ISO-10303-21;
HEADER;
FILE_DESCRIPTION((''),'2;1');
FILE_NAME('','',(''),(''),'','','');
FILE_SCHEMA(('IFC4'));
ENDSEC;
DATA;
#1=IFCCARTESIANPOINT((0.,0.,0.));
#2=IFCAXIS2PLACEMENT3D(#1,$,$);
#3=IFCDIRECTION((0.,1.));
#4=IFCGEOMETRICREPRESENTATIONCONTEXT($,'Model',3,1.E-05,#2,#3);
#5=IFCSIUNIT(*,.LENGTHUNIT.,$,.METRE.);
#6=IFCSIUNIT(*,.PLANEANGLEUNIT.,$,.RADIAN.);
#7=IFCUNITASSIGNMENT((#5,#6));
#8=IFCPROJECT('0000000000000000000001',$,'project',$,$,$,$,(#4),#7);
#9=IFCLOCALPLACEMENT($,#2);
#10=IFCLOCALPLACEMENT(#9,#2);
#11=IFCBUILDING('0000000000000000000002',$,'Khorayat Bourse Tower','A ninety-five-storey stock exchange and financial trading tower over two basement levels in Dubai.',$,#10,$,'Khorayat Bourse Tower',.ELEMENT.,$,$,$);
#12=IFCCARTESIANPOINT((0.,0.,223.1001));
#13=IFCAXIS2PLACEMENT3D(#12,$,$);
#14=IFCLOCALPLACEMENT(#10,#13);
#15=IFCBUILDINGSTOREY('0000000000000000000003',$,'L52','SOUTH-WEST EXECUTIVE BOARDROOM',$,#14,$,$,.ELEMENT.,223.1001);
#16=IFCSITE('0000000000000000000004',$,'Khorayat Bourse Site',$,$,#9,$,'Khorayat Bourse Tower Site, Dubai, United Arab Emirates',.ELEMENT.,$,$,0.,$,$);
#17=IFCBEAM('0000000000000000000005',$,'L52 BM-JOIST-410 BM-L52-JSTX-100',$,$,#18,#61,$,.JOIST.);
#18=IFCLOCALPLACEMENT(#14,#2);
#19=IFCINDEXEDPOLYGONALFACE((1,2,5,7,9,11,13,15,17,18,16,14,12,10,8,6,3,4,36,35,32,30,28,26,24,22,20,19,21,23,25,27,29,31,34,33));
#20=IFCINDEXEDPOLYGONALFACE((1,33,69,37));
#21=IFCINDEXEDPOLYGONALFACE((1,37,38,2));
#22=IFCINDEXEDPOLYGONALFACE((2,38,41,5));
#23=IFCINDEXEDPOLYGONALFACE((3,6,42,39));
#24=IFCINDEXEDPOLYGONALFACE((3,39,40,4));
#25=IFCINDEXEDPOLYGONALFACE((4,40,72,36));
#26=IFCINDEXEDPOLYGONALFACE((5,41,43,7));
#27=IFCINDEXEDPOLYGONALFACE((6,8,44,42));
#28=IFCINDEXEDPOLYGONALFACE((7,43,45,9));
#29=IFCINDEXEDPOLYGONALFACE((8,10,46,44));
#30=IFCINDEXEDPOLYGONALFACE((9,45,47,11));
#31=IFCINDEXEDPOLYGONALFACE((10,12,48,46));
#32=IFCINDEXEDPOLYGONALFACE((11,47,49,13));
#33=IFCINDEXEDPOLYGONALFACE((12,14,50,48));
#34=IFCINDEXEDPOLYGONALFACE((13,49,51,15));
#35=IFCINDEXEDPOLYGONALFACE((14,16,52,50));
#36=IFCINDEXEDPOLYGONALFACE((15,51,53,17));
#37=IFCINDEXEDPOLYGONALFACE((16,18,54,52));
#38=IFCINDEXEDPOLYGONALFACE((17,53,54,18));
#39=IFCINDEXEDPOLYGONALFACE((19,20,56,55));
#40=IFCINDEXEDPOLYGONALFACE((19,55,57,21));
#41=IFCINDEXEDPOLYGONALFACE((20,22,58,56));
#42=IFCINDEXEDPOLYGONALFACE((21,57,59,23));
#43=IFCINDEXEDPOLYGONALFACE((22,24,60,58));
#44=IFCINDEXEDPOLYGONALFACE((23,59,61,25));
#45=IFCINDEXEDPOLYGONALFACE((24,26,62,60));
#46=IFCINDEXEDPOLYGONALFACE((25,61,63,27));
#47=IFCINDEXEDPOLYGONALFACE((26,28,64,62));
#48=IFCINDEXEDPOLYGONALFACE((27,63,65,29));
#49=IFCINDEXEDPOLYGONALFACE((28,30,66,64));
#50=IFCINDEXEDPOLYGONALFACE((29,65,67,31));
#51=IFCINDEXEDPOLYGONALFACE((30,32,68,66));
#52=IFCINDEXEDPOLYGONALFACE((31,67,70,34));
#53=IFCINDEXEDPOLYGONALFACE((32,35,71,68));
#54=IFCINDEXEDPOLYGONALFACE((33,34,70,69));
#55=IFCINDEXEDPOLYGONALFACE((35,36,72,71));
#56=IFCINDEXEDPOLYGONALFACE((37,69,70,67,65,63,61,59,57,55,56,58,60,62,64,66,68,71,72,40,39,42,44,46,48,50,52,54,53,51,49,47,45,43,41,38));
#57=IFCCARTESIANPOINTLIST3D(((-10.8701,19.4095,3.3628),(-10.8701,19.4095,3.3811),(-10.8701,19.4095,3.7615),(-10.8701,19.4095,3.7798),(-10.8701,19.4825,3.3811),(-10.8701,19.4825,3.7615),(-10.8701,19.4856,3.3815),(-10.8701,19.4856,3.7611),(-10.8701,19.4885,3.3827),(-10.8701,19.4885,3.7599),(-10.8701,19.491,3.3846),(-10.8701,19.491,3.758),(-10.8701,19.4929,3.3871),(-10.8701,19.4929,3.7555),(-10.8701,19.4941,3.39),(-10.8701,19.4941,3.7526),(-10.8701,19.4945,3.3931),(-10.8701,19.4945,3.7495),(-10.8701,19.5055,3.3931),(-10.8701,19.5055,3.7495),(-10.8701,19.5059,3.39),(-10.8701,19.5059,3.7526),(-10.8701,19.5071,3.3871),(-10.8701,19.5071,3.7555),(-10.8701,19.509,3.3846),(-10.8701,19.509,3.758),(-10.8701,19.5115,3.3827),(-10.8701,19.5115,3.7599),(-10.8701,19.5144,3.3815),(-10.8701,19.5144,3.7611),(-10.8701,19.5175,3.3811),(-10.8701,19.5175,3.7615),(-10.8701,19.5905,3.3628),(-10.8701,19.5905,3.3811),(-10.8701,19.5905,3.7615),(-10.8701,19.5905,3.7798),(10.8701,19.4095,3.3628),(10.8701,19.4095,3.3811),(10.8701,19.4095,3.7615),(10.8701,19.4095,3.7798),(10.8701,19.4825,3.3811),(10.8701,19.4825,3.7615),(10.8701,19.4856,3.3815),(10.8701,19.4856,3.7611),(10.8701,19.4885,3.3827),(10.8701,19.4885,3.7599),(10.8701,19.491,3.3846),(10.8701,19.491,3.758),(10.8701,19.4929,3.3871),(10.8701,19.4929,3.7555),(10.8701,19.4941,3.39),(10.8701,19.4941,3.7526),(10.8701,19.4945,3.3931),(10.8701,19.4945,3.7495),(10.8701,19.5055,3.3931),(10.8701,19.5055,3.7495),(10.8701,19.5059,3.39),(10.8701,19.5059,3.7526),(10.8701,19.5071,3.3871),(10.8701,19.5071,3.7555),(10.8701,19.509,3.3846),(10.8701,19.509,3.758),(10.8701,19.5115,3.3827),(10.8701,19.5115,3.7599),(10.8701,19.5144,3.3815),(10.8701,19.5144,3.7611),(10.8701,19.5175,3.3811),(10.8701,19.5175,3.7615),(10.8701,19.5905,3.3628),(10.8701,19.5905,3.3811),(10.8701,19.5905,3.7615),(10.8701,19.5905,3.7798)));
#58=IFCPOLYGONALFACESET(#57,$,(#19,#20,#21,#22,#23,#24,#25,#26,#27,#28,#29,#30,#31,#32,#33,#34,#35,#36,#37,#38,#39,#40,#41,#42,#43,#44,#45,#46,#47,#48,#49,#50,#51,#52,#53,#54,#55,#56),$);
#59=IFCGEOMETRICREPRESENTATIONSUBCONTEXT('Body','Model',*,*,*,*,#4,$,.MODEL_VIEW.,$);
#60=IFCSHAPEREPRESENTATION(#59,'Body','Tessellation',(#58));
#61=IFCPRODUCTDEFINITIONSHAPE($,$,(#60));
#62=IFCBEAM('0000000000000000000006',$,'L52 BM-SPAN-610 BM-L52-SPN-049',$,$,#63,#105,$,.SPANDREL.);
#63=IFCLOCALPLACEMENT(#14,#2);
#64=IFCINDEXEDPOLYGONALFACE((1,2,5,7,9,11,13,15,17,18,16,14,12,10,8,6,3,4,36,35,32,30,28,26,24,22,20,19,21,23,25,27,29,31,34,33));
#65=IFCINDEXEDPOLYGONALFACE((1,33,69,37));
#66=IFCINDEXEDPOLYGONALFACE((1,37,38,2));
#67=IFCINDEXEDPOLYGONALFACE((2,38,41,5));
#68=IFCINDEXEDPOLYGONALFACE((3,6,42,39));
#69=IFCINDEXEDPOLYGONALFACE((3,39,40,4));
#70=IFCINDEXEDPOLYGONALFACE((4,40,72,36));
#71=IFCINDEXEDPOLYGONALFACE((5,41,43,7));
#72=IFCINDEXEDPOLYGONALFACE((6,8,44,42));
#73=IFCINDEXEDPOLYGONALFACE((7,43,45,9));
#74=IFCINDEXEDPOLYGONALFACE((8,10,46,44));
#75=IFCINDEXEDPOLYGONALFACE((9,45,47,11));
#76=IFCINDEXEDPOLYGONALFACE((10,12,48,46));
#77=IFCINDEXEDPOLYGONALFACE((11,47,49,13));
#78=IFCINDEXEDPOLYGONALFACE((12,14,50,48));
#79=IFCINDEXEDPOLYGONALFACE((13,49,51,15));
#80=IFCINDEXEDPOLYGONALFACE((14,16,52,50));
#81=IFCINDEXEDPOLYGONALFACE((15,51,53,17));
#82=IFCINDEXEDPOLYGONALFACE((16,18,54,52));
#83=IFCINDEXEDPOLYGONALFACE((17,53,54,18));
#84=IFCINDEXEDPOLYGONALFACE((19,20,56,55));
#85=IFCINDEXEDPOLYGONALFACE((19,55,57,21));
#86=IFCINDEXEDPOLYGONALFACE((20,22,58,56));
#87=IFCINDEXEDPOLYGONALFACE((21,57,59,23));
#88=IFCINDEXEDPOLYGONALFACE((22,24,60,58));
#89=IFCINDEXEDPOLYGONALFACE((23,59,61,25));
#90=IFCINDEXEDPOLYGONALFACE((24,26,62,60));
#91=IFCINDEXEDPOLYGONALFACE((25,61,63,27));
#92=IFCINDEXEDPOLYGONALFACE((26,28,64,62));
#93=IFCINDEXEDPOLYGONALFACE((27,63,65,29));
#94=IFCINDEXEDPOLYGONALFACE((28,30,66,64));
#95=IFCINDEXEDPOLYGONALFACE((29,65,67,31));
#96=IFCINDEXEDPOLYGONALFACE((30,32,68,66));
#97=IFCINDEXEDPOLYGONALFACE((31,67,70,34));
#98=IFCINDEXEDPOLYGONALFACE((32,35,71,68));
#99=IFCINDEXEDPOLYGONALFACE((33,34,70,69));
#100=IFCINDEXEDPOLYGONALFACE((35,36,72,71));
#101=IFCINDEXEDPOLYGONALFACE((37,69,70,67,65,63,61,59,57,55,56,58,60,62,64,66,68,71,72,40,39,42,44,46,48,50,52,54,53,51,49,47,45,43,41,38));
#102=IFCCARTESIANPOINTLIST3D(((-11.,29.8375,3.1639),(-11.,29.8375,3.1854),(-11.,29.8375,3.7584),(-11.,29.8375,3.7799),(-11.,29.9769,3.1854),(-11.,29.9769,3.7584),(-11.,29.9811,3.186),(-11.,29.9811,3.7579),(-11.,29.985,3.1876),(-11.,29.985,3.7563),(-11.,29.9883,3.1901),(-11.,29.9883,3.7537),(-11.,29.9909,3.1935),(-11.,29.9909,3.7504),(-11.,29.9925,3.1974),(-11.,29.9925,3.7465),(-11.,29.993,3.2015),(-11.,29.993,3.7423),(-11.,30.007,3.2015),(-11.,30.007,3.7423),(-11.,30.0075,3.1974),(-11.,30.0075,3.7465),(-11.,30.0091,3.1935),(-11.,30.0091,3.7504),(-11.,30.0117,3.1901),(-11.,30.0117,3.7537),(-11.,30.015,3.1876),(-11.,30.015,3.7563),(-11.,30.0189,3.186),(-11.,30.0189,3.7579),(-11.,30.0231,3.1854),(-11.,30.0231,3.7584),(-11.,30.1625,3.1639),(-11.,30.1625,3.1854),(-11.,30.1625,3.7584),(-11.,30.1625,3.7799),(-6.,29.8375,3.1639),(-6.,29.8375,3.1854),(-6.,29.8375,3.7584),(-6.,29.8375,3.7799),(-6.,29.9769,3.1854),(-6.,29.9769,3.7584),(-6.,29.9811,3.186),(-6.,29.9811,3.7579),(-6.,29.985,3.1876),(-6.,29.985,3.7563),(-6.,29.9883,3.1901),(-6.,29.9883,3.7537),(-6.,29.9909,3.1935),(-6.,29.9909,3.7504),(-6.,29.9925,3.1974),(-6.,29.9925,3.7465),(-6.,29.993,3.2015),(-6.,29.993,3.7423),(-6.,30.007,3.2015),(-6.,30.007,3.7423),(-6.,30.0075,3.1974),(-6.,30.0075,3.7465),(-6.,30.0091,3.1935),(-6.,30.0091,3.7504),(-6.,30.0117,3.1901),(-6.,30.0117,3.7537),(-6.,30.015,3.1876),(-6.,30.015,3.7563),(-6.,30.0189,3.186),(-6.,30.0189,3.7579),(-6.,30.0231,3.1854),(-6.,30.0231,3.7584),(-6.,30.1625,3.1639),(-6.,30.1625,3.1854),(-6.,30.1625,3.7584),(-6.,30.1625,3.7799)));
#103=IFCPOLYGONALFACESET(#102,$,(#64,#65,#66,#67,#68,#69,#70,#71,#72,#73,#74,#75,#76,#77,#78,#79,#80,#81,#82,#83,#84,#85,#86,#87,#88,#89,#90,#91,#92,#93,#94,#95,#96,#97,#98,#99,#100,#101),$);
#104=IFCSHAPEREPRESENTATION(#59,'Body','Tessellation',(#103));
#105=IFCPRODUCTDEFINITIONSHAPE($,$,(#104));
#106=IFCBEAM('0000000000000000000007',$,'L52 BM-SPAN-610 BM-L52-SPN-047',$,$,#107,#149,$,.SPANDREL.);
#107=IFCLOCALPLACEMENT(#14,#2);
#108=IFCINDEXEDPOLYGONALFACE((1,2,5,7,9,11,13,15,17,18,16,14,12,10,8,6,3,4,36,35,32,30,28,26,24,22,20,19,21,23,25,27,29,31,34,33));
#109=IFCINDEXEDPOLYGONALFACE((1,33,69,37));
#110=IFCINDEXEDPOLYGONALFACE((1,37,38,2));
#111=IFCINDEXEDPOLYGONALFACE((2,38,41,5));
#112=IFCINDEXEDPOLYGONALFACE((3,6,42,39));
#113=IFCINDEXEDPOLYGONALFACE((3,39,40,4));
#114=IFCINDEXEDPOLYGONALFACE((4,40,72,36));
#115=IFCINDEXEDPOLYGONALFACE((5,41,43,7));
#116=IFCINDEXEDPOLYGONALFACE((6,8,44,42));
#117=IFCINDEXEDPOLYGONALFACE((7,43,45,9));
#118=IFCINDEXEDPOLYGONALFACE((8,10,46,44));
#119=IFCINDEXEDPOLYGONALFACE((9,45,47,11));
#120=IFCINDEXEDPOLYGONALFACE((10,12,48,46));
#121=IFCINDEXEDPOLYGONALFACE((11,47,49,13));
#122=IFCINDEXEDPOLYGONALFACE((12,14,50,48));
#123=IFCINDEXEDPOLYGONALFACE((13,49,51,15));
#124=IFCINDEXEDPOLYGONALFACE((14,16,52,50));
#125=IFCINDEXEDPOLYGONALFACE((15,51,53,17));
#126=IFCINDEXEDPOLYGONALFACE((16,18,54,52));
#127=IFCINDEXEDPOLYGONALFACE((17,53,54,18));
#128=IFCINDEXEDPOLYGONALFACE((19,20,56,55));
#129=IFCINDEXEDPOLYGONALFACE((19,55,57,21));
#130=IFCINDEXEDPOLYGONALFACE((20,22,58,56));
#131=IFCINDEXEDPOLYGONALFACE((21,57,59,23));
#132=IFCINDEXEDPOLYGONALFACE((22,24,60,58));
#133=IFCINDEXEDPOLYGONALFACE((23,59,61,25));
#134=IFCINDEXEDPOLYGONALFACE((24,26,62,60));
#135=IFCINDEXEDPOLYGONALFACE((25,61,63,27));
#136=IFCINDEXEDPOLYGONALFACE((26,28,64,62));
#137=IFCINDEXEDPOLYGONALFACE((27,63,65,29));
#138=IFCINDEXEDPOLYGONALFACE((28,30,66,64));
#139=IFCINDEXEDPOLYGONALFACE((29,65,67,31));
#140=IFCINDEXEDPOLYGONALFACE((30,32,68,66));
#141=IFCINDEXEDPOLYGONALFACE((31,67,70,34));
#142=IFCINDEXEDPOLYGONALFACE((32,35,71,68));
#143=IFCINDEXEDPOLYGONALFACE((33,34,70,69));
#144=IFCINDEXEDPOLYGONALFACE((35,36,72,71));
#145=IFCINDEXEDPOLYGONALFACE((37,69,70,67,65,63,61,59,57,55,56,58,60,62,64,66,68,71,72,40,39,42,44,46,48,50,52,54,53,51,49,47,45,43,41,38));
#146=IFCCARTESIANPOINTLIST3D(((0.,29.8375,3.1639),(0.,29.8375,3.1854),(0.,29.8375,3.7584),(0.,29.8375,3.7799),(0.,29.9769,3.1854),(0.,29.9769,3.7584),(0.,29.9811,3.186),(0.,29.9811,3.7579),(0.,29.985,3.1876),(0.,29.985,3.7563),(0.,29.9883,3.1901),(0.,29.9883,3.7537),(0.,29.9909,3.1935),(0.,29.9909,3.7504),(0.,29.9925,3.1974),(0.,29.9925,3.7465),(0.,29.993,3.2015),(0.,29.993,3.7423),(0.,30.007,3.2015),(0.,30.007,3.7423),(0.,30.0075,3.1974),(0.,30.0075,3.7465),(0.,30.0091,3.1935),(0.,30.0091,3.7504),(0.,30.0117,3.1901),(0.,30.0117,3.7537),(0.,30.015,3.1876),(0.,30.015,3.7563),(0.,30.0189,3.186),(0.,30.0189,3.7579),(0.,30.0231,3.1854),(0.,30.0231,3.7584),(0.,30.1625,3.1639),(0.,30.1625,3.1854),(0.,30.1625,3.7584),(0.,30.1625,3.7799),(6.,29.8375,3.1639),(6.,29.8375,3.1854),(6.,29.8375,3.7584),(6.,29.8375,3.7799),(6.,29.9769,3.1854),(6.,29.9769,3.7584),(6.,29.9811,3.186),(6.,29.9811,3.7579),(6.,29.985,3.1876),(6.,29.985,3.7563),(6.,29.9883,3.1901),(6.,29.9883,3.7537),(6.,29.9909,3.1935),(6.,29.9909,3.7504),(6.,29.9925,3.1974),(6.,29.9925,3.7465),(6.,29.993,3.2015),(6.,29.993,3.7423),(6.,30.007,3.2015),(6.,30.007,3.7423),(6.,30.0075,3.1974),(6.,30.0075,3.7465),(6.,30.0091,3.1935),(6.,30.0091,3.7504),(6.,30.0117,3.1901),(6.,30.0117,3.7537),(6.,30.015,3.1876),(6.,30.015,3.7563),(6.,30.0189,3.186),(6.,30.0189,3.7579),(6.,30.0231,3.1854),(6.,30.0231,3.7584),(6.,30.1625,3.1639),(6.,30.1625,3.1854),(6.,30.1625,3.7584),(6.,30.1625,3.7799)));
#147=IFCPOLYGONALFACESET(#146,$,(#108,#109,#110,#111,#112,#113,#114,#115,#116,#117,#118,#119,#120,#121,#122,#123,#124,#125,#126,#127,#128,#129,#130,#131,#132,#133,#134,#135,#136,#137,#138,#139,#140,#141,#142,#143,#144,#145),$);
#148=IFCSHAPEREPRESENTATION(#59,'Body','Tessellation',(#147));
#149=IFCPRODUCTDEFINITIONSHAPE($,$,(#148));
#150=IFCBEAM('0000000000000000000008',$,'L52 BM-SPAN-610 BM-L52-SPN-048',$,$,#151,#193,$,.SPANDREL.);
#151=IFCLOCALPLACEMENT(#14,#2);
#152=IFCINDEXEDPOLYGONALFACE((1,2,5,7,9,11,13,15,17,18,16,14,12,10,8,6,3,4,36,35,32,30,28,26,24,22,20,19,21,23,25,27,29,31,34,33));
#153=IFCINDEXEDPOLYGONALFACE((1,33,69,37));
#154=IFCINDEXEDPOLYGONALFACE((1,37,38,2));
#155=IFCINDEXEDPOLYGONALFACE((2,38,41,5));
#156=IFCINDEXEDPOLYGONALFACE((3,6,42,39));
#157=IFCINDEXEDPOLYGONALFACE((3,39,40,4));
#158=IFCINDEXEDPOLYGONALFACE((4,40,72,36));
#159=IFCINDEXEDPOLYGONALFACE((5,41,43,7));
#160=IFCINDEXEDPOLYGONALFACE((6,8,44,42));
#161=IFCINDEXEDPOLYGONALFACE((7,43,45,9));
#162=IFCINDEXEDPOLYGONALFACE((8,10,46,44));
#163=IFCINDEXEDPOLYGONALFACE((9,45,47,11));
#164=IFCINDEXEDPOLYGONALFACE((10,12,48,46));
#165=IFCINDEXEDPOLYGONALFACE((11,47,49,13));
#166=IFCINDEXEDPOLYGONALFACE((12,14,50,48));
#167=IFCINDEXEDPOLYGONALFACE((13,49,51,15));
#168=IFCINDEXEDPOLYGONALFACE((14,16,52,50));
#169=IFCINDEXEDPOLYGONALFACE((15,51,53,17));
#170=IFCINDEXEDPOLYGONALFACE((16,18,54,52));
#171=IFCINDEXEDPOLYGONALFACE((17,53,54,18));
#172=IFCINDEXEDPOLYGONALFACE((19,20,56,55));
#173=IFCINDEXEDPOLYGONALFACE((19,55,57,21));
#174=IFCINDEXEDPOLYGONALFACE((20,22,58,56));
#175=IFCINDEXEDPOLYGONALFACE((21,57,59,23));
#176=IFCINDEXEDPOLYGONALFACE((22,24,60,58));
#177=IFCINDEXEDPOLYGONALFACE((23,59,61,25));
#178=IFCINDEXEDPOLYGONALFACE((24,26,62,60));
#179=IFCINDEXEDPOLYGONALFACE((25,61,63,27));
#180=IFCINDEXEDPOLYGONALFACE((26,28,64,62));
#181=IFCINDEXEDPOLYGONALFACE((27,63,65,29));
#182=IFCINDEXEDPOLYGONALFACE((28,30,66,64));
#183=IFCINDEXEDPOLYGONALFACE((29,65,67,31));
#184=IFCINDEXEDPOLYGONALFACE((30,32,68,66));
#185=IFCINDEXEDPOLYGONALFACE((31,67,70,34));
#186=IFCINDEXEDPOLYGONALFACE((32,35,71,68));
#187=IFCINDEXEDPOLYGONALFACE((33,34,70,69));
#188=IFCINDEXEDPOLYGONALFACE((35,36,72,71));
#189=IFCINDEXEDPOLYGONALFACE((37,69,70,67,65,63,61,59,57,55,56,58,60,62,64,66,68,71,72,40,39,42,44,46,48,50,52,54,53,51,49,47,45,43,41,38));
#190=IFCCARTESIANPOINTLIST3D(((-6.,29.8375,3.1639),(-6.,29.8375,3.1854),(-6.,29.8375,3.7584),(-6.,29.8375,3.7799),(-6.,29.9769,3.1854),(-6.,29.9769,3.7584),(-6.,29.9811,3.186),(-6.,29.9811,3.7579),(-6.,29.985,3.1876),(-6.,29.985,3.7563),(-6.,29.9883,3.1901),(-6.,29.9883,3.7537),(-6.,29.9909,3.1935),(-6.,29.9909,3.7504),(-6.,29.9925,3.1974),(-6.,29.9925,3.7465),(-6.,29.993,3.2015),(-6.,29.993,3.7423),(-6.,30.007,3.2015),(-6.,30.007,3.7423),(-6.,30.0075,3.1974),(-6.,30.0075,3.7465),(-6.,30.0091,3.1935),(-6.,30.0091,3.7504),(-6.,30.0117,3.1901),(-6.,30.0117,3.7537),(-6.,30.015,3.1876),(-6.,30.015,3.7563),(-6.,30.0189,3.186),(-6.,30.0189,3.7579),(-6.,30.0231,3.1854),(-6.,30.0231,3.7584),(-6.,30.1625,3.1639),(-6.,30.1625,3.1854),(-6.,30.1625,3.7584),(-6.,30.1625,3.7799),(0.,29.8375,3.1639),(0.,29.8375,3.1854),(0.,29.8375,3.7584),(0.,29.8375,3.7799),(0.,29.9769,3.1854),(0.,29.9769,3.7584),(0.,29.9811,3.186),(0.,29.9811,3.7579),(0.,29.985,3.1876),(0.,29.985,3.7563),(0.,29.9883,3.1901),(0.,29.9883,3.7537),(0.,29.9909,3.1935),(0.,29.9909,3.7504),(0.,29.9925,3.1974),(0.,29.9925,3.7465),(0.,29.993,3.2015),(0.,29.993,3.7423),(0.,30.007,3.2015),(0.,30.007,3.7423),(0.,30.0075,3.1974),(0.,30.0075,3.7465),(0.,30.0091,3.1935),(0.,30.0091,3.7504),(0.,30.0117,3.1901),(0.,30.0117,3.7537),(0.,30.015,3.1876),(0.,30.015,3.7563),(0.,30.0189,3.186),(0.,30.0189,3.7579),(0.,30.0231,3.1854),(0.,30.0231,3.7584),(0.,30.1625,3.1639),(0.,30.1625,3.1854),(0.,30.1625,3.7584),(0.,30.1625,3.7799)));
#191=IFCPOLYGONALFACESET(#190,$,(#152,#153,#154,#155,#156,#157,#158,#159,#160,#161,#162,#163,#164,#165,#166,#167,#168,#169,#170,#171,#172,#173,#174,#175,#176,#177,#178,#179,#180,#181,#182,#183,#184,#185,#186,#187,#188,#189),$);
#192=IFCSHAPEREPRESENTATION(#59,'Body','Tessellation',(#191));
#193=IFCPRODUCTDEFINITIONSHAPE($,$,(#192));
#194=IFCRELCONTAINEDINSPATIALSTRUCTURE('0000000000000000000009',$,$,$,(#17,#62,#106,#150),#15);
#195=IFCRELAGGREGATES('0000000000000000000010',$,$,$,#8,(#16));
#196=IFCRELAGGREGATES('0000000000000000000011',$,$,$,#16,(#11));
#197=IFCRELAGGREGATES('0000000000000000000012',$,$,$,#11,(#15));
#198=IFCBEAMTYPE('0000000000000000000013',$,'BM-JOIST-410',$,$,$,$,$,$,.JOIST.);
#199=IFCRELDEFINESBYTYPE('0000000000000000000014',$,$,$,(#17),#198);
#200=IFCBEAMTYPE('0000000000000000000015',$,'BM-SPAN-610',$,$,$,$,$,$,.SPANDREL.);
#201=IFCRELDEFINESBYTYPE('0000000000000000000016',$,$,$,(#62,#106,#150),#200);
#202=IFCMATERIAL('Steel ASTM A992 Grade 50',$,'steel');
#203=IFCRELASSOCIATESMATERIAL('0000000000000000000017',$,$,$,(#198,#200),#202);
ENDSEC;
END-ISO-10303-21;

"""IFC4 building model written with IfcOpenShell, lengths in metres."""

from ifc_helpers import new_model, si_unit, direction, frame, origin, origin_2d, place, context, subcontext, project, spatial, i_section, extrude, source, transform, mapped, material, material_profile, profile_set, type_object, element, save


model = new_model("IFC4")

# Units and contexts
model_context = context("Model", 3, precision=1e-05, world=origin(), true_north=direction((0.0, 1.0)))
body_context = subcontext(model_context, "Body", "Model", "MODEL_VIEW")
ifc_project = project(units=[si_unit("LENGTHUNIT", "METRE"), si_unit("PLANEANGLEUNIT", "RADIAN")], contexts=[model_context])

# Site, building, storey
site_placement = place(None, origin())
site = spatial("IfcSite", under=ifc_project, at=site_placement, Name="Khorayat Bourse Site", LongName="Khorayat Bourse Tower Site, Dubai, United Arab Emirates", CompositionType="ELEMENT", RefElevation=0.0)
building_placement = place(site_placement, origin())
building = spatial("IfcBuilding", under=site, at=building_placement, Name="Khorayat Bourse Tower", Description="A ninety-five-storey stock exchange and financial trading tower over two basement levels in Dubai.", LongName="Khorayat Bourse Tower", CompositionType="ELEMENT")
storey_placement = place(building_placement, frame((0.0, 0.0, 223.1001)))
storey = spatial("IfcBuildingStorey", under=building, at=storey_placement, Name="L52", Description="SOUTH-WEST EXECUTIVE BOARDROOM", CompositionType="ELEMENT", Elevation=223.1001)

# Beams
ifc_material_1 = material(Name="Steel ASTM A992 Grade 50", Category="steel")
ifc_material_profile_1 = material_profile(ifc_material_1, i_section(OverallWidth=0.1809, OverallDepth=0.417, WebThickness=0.011, FlangeThickness=0.0183, FilletRadius=0.012, at=origin_2d()), Name="W410X85")
ifc_profile_set_1 = profile_set([ifc_material_profile_1], Name="Steel ASTM A992 Grade 50")
beam_type_1 = type_object("IfcBeamType", Name="BM-JOIST-410", PredefinedType="JOIST", material=ifc_profile_set_1)
shared_shape_1 = source(origin(), body_context, "Body", "SweptSolid", [
    extrude(i_section(OverallWidth=0.1809, OverallDepth=0.417, WebThickness=0.011, FlangeThickness=0.0183, FilletRadius=0.012, at=origin_2d()), origin(), (0.0, 0.0, 1.0), 21.7402),
])
beam_1_placement = place(storey_placement, frame((-10.8701, 19.5, 3.5713), z_axis=(1.0, 0.0, 0.0), x_axis=(0.0, 1.0, 0.0)))
element("IfcBeam", 1, at=beam_1_placement, inside=storey, type_object=beam_type_1, Name="L52 BM-JOIST-410 BM-L52-JSTX-100", PredefinedType="JOIST", context=body_context, shape_type="MappedRepresentation", body=[
    mapped(shared_shape_1, transform((0.0, 0.0, 0.0), scale=1.0)),
])
ifc_material_profile_2 = material_profile(ifc_material_1, i_section(OverallWidth=0.325, OverallDepth=0.616, WebThickness=0.0139, FlangeThickness=0.0215, FilletRadius=0.0161, at=origin_2d()), Name="W610X174")
ifc_profile_set_2 = profile_set([ifc_material_profile_2], Name="Steel ASTM A992 Grade 50")
beam_type_2 = type_object("IfcBeamType", Name="BM-SPAN-610", PredefinedType="SPANDREL", material=ifc_profile_set_2)
shared_shape_2 = source(origin(), body_context, "Body", "SweptSolid", [
    extrude(i_section(OverallWidth=0.325, OverallDepth=0.616, WebThickness=0.0139, FlangeThickness=0.0215, FilletRadius=0.0161, at=origin_2d()), origin(), (0.0, 0.0, 1.0), 5.0),
])
beam_2_placement = place(storey_placement, frame((-11.0, 30.0, 3.4719), z_axis=(1.0, 0.0, 0.0), x_axis=(0.0, 1.0, 0.0)))
element("IfcBeam", 2, at=beam_2_placement, inside=storey, type_object=beam_type_2, Name="L52 BM-SPAN-610 BM-L52-SPN-049", PredefinedType="SPANDREL", context=body_context, shape_type="MappedRepresentation", body=[
    mapped(shared_shape_2, transform((0.0, 0.0, 0.0), scale=1.0)),
])
shared_shape_3 = source(origin(), body_context, "Body", "SweptSolid", [
    extrude(i_section(OverallWidth=0.325, OverallDepth=0.616, WebThickness=0.0139, FlangeThickness=0.0215, FilletRadius=0.0161, at=origin_2d()), origin(), (0.0, 0.0, 1.0), 6.0),
])
for number, where, z_axis, x_axis, name in (
    (3, (0.0, 30.0, 3.4719), (1.0, 0.0, 0.0), (0.0, 1.0, 0.0), "L52 BM-SPAN-610 BM-L52-SPN-047"),
    (4, (-6.0, 30.0, 3.4719), (1.0, 0.0, 0.0), (0.0, 1.0, 0.0), "L52 BM-SPAN-610 BM-L52-SPN-048"),
):
    element("IfcBeam", number, at=place(storey_placement, frame(where, z_axis=z_axis, x_axis=x_axis)), inside=storey, type_object=beam_type_2, Name=name, PredefinedType="SPANDREL", context=body_context, shape_type="MappedRepresentation", body=[
        mapped(shared_shape_3, transform((0.0, 0.0, 0.0), scale=1.0)),
    ])

save(model, "model.ifc")
